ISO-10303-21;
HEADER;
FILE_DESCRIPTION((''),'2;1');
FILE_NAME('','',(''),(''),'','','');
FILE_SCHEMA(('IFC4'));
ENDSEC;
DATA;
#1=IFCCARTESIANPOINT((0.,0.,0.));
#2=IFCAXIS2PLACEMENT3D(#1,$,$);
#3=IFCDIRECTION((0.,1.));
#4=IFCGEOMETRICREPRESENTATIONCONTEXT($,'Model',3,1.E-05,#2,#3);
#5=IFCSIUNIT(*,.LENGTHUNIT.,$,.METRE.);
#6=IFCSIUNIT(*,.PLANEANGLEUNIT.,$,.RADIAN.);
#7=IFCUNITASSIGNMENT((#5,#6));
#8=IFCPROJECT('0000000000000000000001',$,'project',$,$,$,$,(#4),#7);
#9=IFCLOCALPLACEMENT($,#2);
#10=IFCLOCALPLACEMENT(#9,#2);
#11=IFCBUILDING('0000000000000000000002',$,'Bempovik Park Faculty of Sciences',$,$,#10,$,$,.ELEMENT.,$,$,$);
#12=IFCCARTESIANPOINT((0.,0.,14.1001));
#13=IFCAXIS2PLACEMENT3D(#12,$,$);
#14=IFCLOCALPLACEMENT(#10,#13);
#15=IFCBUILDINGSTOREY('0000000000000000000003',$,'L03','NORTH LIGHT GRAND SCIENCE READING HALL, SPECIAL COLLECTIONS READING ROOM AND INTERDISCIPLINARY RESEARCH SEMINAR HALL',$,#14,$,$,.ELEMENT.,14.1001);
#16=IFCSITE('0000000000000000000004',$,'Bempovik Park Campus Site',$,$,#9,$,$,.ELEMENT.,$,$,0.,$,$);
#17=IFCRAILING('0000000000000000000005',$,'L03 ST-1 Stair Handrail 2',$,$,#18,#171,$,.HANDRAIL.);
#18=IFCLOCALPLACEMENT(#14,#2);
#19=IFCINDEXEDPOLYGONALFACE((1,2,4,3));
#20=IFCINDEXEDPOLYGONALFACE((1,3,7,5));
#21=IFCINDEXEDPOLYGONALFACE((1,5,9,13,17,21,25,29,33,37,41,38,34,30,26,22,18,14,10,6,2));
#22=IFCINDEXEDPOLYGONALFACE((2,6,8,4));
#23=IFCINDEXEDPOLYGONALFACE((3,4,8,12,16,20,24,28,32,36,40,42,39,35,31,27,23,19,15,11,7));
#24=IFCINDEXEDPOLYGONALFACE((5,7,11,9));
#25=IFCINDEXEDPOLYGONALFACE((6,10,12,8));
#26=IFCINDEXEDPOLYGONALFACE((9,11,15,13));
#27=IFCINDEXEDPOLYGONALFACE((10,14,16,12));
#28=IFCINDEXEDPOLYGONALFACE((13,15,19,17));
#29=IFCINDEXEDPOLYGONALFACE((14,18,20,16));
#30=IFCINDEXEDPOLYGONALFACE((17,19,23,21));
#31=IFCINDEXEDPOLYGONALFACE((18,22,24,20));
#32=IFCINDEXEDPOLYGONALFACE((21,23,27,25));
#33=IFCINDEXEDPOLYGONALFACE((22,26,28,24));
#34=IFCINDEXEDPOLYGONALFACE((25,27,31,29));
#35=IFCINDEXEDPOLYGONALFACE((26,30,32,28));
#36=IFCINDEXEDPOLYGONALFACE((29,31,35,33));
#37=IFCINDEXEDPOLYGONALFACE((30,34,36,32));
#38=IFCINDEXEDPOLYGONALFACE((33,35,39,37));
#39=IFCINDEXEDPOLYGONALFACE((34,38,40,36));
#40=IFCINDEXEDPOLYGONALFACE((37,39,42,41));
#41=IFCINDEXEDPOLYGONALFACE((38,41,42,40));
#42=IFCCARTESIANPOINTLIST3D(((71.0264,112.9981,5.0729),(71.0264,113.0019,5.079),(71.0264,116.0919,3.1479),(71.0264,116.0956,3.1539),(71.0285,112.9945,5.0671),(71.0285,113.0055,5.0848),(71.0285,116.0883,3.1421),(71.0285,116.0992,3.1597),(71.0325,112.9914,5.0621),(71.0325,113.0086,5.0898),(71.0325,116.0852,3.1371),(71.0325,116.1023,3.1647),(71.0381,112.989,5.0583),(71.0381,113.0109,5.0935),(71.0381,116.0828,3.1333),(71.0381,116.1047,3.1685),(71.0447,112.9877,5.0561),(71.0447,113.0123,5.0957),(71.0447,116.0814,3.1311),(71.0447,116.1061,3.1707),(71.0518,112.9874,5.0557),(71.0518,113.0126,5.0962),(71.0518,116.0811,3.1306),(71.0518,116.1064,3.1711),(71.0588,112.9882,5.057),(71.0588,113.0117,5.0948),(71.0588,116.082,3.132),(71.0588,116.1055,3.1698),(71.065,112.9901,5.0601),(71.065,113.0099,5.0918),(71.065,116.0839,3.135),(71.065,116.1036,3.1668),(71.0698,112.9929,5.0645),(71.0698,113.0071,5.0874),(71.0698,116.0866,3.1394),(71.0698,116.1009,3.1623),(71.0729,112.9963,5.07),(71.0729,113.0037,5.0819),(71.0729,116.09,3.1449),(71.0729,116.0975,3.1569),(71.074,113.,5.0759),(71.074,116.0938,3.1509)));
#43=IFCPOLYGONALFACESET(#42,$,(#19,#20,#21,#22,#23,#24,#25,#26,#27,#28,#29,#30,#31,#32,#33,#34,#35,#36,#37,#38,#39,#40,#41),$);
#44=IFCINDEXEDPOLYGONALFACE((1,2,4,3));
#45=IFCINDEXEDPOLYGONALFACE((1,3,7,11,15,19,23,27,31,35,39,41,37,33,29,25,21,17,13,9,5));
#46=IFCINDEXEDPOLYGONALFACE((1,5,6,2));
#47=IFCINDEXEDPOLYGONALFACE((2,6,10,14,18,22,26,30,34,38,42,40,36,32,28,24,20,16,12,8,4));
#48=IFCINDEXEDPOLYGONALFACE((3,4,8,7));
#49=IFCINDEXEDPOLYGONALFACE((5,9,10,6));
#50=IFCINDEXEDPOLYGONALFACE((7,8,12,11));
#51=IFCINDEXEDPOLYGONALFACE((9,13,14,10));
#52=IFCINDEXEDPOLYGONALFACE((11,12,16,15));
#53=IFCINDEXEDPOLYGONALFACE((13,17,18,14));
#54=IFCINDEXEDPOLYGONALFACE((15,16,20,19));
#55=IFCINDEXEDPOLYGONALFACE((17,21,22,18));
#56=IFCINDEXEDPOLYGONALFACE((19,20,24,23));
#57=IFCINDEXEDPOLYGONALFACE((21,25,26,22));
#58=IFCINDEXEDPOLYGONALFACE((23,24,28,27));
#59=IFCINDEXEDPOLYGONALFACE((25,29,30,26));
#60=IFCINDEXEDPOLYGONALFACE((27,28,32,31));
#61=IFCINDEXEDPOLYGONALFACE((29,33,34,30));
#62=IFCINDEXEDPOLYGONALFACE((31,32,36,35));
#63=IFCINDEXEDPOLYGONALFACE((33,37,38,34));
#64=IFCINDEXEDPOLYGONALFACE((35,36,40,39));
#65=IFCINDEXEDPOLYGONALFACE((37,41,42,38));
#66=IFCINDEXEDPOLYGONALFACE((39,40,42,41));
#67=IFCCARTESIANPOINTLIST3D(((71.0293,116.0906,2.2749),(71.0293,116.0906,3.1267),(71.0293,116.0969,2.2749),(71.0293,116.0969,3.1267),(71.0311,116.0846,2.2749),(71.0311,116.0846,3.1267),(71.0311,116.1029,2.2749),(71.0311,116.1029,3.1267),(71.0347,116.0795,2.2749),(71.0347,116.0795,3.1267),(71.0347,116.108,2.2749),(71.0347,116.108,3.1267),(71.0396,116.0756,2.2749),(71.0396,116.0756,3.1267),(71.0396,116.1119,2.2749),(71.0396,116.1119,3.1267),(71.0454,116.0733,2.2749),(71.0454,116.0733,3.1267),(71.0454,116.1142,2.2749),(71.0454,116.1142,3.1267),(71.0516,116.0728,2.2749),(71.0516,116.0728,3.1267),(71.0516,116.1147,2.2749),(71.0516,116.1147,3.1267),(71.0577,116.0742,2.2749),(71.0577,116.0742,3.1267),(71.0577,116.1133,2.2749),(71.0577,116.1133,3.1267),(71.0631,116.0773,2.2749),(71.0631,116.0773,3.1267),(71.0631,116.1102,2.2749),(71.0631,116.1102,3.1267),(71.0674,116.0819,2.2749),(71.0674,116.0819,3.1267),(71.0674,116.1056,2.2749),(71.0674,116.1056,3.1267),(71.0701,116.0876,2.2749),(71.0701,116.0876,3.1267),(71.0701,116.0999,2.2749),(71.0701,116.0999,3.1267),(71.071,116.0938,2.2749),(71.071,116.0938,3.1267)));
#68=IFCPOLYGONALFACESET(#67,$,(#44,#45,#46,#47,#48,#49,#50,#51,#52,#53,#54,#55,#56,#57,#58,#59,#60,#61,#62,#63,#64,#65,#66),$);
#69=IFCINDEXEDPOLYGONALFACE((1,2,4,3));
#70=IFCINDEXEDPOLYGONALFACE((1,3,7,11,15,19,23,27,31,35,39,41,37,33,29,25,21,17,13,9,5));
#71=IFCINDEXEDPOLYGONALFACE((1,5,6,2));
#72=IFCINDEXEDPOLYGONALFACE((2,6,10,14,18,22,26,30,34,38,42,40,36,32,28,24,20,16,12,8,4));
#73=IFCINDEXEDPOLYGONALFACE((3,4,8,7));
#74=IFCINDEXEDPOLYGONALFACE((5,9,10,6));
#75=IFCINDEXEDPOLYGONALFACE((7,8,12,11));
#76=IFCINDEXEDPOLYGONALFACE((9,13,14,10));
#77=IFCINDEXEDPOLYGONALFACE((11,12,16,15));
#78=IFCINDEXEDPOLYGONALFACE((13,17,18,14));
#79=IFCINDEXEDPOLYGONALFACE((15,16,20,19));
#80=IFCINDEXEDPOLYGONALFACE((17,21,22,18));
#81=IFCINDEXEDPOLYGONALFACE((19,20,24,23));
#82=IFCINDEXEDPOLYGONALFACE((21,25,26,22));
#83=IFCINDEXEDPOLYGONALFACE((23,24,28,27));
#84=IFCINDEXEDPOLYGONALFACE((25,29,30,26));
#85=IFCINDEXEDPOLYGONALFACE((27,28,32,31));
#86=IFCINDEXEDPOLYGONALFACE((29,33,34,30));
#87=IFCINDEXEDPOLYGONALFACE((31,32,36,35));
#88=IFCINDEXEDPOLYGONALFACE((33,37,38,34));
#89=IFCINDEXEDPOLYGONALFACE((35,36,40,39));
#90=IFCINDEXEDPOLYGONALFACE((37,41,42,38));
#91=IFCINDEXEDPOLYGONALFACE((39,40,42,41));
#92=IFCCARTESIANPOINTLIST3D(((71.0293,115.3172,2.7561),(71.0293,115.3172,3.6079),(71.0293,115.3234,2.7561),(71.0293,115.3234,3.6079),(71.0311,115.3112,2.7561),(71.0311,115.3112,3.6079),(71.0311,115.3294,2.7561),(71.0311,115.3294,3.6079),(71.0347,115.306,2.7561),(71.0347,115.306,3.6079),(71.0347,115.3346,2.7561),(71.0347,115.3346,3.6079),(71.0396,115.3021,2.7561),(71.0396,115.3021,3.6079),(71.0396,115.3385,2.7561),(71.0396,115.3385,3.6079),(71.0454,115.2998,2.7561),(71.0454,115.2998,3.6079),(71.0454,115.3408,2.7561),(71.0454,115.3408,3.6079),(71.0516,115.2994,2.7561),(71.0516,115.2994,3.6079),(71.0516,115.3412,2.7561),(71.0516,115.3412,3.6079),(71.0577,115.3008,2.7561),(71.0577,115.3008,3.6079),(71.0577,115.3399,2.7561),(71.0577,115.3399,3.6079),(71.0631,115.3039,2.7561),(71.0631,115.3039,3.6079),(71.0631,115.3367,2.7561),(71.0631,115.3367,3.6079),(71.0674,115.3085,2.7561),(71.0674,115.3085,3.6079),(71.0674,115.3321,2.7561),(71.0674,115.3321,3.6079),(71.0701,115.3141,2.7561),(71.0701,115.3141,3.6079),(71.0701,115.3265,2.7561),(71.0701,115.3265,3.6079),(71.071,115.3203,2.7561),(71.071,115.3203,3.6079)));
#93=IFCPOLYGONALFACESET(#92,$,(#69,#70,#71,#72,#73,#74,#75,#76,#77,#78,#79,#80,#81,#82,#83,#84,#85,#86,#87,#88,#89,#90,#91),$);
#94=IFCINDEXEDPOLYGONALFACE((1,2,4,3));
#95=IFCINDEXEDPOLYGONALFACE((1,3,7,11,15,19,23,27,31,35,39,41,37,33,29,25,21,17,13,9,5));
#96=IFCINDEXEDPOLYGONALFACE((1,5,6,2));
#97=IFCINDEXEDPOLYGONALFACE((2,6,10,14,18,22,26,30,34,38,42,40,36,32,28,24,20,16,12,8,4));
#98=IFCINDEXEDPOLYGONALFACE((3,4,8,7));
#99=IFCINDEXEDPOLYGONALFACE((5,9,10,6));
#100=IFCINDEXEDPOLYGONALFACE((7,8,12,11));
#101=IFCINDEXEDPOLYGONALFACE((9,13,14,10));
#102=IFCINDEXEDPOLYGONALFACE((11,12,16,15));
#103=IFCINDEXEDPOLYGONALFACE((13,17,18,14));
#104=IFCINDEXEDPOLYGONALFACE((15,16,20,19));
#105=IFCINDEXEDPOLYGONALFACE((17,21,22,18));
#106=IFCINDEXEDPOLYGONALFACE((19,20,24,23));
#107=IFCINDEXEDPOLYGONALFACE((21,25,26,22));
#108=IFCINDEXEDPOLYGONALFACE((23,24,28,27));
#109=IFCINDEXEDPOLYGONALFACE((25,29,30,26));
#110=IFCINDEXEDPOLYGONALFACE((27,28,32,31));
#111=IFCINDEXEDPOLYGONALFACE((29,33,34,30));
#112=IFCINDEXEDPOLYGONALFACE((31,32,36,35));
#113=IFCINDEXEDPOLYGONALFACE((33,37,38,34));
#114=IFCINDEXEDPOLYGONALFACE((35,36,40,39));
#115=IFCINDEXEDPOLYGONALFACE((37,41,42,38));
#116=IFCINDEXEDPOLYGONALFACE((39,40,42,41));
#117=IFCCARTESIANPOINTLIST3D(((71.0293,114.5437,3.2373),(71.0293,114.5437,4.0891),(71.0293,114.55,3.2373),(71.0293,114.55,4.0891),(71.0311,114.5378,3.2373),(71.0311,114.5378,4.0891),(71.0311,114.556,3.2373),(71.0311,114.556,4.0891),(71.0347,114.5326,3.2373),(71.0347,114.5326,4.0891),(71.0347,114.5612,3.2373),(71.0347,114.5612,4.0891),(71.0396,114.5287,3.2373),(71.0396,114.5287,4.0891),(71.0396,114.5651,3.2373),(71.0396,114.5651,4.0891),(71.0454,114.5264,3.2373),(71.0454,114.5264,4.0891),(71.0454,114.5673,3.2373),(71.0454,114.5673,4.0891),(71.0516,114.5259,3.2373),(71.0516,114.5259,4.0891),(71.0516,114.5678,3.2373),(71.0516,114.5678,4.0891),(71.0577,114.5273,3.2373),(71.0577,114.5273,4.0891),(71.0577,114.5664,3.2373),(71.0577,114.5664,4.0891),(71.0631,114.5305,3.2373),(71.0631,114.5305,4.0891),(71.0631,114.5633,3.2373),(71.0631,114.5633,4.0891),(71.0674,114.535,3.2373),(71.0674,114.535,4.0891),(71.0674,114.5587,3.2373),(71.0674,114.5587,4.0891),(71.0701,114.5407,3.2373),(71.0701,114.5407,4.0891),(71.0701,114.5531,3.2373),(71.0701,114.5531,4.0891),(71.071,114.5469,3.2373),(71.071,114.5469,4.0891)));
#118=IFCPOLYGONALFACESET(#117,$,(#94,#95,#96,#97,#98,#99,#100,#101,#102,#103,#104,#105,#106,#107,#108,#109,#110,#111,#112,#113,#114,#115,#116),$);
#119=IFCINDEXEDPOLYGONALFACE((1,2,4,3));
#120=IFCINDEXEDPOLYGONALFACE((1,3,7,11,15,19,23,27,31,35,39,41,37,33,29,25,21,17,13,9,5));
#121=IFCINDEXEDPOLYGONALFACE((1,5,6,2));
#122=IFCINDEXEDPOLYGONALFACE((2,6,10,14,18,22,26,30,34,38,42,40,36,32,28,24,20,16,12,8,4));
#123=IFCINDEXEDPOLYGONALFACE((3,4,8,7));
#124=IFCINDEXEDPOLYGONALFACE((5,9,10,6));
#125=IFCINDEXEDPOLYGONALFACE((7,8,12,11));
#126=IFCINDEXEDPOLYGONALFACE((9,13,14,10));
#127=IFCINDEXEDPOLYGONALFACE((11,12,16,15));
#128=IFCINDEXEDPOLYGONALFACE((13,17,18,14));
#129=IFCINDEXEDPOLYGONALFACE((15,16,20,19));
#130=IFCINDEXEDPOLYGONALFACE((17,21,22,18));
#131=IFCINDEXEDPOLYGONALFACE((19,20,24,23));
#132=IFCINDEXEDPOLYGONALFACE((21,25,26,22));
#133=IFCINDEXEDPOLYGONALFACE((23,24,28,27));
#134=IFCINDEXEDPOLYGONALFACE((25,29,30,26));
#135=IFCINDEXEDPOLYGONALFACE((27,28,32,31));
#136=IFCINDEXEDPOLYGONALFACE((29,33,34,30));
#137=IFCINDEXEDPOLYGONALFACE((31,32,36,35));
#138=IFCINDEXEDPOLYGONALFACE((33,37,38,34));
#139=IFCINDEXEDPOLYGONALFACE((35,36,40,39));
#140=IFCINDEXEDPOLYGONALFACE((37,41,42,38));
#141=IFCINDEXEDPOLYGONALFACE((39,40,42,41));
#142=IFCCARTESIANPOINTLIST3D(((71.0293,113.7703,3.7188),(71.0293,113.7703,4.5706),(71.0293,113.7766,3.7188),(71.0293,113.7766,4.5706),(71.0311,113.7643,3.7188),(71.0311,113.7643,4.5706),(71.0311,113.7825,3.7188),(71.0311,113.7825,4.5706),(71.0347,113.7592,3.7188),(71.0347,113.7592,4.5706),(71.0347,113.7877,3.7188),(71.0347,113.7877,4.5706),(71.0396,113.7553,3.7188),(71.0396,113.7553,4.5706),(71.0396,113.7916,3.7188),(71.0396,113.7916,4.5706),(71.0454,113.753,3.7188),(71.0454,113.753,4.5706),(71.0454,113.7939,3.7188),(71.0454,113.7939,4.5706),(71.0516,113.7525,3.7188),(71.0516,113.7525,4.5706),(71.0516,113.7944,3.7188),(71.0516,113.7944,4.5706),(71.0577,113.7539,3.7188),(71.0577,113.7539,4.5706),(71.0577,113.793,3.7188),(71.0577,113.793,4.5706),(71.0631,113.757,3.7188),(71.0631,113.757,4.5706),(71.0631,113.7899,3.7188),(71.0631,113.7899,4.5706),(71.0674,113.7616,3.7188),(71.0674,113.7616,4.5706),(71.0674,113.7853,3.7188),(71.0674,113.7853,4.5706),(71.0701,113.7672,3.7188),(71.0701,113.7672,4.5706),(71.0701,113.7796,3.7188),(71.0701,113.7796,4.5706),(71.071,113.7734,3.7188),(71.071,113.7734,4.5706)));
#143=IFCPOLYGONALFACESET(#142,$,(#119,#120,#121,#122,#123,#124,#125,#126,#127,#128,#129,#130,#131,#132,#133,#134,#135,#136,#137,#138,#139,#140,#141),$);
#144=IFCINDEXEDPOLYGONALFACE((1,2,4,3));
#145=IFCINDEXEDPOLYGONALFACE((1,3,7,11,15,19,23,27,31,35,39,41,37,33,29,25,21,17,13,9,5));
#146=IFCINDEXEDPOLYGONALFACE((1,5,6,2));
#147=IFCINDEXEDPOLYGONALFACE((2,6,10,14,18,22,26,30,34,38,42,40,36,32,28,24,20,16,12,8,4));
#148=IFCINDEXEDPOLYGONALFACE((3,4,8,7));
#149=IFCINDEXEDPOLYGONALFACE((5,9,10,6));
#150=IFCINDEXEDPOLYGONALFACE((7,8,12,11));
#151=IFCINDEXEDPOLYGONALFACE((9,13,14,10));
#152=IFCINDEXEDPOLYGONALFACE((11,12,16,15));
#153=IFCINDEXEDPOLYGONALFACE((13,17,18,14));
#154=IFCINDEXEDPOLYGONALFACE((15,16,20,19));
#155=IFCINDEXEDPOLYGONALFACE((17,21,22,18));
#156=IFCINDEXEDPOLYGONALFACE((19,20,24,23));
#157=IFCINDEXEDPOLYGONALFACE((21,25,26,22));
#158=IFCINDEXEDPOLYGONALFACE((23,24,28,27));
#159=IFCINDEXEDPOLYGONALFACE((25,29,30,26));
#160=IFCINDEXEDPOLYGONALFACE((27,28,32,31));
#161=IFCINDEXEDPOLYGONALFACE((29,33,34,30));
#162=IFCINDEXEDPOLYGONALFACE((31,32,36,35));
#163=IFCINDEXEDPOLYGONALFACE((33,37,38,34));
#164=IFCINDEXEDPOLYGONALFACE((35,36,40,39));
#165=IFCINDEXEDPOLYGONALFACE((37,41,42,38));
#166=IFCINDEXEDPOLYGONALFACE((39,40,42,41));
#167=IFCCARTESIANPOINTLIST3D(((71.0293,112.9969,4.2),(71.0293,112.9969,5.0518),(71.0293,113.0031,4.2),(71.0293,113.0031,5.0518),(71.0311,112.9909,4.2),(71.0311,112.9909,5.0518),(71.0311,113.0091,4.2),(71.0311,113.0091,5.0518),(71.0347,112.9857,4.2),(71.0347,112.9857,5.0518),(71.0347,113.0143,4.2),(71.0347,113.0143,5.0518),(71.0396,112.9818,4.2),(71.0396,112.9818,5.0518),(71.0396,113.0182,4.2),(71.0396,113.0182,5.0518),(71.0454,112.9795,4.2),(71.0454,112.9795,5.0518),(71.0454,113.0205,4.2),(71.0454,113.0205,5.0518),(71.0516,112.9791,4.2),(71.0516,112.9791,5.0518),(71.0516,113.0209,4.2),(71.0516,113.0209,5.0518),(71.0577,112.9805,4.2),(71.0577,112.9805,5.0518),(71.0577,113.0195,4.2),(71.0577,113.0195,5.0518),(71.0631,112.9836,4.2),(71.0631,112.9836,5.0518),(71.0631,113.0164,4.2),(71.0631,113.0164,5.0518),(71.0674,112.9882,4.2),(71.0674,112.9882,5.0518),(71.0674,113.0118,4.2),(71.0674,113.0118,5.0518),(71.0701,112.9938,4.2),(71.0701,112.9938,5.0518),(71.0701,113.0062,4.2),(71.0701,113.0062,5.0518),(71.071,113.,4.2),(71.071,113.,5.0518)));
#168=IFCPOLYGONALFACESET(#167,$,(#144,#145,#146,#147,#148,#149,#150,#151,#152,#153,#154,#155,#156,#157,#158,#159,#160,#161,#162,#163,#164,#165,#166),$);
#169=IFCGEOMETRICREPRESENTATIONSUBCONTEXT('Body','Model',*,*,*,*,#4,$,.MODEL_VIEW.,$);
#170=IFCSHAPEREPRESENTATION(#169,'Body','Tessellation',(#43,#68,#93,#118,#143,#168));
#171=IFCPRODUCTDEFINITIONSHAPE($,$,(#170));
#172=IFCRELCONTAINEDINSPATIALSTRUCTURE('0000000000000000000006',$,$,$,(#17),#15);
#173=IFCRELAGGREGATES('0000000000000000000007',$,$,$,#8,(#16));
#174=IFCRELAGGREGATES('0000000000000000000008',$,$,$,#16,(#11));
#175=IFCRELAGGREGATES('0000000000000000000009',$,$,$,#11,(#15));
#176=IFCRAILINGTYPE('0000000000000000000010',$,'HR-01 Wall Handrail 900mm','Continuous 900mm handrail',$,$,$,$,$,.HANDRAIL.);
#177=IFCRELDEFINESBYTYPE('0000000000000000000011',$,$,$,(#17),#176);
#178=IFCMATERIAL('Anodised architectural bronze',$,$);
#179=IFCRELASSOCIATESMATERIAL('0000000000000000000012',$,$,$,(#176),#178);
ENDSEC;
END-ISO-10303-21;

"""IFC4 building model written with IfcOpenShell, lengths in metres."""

from ifc_helpers import new_model, si_unit, direction, frame, origin, origin_2d, place, context, subcontext, project, spatial, circle, extrude, material, type_object, element, save


model = new_model("IFC4")

# Units and contexts
model_context = context("Model", 3, precision=1e-05, world=origin(), true_north=direction((0.0, 1.0)))
body_context = subcontext(model_context, "Body", "Model", "MODEL_VIEW")
ifc_project = project(units=[si_unit("LENGTHUNIT", "METRE"), si_unit("PLANEANGLEUNIT", "RADIAN")], contexts=[model_context])

# Site, building, storey
site_placement = place(None, origin())
site = spatial("IfcSite", under=ifc_project, at=site_placement, Name="Bempovik Park Campus Site", CompositionType="ELEMENT", RefElevation=0.0)
building_placement = place(site_placement, origin())
building = spatial("IfcBuilding", under=site, at=building_placement, Name="Bempovik Park Faculty of Sciences", CompositionType="ELEMENT")
storey_placement = place(building_placement, frame((0.0, 0.0, 14.1001)))
storey = spatial("IfcBuildingStorey", under=building, at=storey_placement, Name="L03", Description="NORTH LIGHT GRAND SCIENCE READING HALL, SPECIAL COLLECTIONS READING ROOM AND INTERDISCIPLINARY RESEARCH SEMINAR HALL", CompositionType="ELEMENT", Elevation=14.1001)

# Railing
ifc_material_1 = material(Name="Anodised architectural bronze")
railing_type_1 = type_object("IfcRailingType", Name="HR-01 Wall Handrail 900mm", Description="Continuous 900mm handrail", PredefinedType="HANDRAIL", material=ifc_material_1)
railing_1_placement = place(storey_placement, frame((71.05, 116.0938, 2.2749)))
element("IfcRailing", 1, at=railing_1_placement, inside=storey, type_object=railing_type_1, Name="L03 ST-1 Stair Handrail 2", PredefinedType="HANDRAIL", context=body_context, shape_type="SweptSolid", body=[
    extrude(circle(Radius=0.0239, at=origin_2d()), frame((0.0, 0.0, 0.876), z_axis=(0.0, -0.849051, 0.528312), x_axis=(1.0, 0.0, 0.0)), (0.0, 0.0, 1.0), 3.6438),
    extrude(circle(Radius=0.021, at=origin_2d()), origin(), (0.0, 0.0, 1.0), 0.8518),
    extrude(circle(Radius=0.021, at=origin_2d()), frame((0.0, -0.7734, 0.4812)), (0.0, 0.0, 1.0), 0.8518),
    extrude(circle(Radius=0.021, at=origin_2d()), frame((0.0, -1.5469, 0.9624)), (0.0, 0.0, 1.0), 0.8518),
    extrude(circle(Radius=0.021, at=origin_2d()), frame((0.0, -2.3203, 1.4438)), (0.0, 0.0, 1.0), 0.8518),
    extrude(circle(Radius=0.021, at=origin_2d()), frame((0.0, -3.0938, 1.925)), (0.0, 0.0, 1.0), 0.8518),
])

save(model, "model.ifc")
